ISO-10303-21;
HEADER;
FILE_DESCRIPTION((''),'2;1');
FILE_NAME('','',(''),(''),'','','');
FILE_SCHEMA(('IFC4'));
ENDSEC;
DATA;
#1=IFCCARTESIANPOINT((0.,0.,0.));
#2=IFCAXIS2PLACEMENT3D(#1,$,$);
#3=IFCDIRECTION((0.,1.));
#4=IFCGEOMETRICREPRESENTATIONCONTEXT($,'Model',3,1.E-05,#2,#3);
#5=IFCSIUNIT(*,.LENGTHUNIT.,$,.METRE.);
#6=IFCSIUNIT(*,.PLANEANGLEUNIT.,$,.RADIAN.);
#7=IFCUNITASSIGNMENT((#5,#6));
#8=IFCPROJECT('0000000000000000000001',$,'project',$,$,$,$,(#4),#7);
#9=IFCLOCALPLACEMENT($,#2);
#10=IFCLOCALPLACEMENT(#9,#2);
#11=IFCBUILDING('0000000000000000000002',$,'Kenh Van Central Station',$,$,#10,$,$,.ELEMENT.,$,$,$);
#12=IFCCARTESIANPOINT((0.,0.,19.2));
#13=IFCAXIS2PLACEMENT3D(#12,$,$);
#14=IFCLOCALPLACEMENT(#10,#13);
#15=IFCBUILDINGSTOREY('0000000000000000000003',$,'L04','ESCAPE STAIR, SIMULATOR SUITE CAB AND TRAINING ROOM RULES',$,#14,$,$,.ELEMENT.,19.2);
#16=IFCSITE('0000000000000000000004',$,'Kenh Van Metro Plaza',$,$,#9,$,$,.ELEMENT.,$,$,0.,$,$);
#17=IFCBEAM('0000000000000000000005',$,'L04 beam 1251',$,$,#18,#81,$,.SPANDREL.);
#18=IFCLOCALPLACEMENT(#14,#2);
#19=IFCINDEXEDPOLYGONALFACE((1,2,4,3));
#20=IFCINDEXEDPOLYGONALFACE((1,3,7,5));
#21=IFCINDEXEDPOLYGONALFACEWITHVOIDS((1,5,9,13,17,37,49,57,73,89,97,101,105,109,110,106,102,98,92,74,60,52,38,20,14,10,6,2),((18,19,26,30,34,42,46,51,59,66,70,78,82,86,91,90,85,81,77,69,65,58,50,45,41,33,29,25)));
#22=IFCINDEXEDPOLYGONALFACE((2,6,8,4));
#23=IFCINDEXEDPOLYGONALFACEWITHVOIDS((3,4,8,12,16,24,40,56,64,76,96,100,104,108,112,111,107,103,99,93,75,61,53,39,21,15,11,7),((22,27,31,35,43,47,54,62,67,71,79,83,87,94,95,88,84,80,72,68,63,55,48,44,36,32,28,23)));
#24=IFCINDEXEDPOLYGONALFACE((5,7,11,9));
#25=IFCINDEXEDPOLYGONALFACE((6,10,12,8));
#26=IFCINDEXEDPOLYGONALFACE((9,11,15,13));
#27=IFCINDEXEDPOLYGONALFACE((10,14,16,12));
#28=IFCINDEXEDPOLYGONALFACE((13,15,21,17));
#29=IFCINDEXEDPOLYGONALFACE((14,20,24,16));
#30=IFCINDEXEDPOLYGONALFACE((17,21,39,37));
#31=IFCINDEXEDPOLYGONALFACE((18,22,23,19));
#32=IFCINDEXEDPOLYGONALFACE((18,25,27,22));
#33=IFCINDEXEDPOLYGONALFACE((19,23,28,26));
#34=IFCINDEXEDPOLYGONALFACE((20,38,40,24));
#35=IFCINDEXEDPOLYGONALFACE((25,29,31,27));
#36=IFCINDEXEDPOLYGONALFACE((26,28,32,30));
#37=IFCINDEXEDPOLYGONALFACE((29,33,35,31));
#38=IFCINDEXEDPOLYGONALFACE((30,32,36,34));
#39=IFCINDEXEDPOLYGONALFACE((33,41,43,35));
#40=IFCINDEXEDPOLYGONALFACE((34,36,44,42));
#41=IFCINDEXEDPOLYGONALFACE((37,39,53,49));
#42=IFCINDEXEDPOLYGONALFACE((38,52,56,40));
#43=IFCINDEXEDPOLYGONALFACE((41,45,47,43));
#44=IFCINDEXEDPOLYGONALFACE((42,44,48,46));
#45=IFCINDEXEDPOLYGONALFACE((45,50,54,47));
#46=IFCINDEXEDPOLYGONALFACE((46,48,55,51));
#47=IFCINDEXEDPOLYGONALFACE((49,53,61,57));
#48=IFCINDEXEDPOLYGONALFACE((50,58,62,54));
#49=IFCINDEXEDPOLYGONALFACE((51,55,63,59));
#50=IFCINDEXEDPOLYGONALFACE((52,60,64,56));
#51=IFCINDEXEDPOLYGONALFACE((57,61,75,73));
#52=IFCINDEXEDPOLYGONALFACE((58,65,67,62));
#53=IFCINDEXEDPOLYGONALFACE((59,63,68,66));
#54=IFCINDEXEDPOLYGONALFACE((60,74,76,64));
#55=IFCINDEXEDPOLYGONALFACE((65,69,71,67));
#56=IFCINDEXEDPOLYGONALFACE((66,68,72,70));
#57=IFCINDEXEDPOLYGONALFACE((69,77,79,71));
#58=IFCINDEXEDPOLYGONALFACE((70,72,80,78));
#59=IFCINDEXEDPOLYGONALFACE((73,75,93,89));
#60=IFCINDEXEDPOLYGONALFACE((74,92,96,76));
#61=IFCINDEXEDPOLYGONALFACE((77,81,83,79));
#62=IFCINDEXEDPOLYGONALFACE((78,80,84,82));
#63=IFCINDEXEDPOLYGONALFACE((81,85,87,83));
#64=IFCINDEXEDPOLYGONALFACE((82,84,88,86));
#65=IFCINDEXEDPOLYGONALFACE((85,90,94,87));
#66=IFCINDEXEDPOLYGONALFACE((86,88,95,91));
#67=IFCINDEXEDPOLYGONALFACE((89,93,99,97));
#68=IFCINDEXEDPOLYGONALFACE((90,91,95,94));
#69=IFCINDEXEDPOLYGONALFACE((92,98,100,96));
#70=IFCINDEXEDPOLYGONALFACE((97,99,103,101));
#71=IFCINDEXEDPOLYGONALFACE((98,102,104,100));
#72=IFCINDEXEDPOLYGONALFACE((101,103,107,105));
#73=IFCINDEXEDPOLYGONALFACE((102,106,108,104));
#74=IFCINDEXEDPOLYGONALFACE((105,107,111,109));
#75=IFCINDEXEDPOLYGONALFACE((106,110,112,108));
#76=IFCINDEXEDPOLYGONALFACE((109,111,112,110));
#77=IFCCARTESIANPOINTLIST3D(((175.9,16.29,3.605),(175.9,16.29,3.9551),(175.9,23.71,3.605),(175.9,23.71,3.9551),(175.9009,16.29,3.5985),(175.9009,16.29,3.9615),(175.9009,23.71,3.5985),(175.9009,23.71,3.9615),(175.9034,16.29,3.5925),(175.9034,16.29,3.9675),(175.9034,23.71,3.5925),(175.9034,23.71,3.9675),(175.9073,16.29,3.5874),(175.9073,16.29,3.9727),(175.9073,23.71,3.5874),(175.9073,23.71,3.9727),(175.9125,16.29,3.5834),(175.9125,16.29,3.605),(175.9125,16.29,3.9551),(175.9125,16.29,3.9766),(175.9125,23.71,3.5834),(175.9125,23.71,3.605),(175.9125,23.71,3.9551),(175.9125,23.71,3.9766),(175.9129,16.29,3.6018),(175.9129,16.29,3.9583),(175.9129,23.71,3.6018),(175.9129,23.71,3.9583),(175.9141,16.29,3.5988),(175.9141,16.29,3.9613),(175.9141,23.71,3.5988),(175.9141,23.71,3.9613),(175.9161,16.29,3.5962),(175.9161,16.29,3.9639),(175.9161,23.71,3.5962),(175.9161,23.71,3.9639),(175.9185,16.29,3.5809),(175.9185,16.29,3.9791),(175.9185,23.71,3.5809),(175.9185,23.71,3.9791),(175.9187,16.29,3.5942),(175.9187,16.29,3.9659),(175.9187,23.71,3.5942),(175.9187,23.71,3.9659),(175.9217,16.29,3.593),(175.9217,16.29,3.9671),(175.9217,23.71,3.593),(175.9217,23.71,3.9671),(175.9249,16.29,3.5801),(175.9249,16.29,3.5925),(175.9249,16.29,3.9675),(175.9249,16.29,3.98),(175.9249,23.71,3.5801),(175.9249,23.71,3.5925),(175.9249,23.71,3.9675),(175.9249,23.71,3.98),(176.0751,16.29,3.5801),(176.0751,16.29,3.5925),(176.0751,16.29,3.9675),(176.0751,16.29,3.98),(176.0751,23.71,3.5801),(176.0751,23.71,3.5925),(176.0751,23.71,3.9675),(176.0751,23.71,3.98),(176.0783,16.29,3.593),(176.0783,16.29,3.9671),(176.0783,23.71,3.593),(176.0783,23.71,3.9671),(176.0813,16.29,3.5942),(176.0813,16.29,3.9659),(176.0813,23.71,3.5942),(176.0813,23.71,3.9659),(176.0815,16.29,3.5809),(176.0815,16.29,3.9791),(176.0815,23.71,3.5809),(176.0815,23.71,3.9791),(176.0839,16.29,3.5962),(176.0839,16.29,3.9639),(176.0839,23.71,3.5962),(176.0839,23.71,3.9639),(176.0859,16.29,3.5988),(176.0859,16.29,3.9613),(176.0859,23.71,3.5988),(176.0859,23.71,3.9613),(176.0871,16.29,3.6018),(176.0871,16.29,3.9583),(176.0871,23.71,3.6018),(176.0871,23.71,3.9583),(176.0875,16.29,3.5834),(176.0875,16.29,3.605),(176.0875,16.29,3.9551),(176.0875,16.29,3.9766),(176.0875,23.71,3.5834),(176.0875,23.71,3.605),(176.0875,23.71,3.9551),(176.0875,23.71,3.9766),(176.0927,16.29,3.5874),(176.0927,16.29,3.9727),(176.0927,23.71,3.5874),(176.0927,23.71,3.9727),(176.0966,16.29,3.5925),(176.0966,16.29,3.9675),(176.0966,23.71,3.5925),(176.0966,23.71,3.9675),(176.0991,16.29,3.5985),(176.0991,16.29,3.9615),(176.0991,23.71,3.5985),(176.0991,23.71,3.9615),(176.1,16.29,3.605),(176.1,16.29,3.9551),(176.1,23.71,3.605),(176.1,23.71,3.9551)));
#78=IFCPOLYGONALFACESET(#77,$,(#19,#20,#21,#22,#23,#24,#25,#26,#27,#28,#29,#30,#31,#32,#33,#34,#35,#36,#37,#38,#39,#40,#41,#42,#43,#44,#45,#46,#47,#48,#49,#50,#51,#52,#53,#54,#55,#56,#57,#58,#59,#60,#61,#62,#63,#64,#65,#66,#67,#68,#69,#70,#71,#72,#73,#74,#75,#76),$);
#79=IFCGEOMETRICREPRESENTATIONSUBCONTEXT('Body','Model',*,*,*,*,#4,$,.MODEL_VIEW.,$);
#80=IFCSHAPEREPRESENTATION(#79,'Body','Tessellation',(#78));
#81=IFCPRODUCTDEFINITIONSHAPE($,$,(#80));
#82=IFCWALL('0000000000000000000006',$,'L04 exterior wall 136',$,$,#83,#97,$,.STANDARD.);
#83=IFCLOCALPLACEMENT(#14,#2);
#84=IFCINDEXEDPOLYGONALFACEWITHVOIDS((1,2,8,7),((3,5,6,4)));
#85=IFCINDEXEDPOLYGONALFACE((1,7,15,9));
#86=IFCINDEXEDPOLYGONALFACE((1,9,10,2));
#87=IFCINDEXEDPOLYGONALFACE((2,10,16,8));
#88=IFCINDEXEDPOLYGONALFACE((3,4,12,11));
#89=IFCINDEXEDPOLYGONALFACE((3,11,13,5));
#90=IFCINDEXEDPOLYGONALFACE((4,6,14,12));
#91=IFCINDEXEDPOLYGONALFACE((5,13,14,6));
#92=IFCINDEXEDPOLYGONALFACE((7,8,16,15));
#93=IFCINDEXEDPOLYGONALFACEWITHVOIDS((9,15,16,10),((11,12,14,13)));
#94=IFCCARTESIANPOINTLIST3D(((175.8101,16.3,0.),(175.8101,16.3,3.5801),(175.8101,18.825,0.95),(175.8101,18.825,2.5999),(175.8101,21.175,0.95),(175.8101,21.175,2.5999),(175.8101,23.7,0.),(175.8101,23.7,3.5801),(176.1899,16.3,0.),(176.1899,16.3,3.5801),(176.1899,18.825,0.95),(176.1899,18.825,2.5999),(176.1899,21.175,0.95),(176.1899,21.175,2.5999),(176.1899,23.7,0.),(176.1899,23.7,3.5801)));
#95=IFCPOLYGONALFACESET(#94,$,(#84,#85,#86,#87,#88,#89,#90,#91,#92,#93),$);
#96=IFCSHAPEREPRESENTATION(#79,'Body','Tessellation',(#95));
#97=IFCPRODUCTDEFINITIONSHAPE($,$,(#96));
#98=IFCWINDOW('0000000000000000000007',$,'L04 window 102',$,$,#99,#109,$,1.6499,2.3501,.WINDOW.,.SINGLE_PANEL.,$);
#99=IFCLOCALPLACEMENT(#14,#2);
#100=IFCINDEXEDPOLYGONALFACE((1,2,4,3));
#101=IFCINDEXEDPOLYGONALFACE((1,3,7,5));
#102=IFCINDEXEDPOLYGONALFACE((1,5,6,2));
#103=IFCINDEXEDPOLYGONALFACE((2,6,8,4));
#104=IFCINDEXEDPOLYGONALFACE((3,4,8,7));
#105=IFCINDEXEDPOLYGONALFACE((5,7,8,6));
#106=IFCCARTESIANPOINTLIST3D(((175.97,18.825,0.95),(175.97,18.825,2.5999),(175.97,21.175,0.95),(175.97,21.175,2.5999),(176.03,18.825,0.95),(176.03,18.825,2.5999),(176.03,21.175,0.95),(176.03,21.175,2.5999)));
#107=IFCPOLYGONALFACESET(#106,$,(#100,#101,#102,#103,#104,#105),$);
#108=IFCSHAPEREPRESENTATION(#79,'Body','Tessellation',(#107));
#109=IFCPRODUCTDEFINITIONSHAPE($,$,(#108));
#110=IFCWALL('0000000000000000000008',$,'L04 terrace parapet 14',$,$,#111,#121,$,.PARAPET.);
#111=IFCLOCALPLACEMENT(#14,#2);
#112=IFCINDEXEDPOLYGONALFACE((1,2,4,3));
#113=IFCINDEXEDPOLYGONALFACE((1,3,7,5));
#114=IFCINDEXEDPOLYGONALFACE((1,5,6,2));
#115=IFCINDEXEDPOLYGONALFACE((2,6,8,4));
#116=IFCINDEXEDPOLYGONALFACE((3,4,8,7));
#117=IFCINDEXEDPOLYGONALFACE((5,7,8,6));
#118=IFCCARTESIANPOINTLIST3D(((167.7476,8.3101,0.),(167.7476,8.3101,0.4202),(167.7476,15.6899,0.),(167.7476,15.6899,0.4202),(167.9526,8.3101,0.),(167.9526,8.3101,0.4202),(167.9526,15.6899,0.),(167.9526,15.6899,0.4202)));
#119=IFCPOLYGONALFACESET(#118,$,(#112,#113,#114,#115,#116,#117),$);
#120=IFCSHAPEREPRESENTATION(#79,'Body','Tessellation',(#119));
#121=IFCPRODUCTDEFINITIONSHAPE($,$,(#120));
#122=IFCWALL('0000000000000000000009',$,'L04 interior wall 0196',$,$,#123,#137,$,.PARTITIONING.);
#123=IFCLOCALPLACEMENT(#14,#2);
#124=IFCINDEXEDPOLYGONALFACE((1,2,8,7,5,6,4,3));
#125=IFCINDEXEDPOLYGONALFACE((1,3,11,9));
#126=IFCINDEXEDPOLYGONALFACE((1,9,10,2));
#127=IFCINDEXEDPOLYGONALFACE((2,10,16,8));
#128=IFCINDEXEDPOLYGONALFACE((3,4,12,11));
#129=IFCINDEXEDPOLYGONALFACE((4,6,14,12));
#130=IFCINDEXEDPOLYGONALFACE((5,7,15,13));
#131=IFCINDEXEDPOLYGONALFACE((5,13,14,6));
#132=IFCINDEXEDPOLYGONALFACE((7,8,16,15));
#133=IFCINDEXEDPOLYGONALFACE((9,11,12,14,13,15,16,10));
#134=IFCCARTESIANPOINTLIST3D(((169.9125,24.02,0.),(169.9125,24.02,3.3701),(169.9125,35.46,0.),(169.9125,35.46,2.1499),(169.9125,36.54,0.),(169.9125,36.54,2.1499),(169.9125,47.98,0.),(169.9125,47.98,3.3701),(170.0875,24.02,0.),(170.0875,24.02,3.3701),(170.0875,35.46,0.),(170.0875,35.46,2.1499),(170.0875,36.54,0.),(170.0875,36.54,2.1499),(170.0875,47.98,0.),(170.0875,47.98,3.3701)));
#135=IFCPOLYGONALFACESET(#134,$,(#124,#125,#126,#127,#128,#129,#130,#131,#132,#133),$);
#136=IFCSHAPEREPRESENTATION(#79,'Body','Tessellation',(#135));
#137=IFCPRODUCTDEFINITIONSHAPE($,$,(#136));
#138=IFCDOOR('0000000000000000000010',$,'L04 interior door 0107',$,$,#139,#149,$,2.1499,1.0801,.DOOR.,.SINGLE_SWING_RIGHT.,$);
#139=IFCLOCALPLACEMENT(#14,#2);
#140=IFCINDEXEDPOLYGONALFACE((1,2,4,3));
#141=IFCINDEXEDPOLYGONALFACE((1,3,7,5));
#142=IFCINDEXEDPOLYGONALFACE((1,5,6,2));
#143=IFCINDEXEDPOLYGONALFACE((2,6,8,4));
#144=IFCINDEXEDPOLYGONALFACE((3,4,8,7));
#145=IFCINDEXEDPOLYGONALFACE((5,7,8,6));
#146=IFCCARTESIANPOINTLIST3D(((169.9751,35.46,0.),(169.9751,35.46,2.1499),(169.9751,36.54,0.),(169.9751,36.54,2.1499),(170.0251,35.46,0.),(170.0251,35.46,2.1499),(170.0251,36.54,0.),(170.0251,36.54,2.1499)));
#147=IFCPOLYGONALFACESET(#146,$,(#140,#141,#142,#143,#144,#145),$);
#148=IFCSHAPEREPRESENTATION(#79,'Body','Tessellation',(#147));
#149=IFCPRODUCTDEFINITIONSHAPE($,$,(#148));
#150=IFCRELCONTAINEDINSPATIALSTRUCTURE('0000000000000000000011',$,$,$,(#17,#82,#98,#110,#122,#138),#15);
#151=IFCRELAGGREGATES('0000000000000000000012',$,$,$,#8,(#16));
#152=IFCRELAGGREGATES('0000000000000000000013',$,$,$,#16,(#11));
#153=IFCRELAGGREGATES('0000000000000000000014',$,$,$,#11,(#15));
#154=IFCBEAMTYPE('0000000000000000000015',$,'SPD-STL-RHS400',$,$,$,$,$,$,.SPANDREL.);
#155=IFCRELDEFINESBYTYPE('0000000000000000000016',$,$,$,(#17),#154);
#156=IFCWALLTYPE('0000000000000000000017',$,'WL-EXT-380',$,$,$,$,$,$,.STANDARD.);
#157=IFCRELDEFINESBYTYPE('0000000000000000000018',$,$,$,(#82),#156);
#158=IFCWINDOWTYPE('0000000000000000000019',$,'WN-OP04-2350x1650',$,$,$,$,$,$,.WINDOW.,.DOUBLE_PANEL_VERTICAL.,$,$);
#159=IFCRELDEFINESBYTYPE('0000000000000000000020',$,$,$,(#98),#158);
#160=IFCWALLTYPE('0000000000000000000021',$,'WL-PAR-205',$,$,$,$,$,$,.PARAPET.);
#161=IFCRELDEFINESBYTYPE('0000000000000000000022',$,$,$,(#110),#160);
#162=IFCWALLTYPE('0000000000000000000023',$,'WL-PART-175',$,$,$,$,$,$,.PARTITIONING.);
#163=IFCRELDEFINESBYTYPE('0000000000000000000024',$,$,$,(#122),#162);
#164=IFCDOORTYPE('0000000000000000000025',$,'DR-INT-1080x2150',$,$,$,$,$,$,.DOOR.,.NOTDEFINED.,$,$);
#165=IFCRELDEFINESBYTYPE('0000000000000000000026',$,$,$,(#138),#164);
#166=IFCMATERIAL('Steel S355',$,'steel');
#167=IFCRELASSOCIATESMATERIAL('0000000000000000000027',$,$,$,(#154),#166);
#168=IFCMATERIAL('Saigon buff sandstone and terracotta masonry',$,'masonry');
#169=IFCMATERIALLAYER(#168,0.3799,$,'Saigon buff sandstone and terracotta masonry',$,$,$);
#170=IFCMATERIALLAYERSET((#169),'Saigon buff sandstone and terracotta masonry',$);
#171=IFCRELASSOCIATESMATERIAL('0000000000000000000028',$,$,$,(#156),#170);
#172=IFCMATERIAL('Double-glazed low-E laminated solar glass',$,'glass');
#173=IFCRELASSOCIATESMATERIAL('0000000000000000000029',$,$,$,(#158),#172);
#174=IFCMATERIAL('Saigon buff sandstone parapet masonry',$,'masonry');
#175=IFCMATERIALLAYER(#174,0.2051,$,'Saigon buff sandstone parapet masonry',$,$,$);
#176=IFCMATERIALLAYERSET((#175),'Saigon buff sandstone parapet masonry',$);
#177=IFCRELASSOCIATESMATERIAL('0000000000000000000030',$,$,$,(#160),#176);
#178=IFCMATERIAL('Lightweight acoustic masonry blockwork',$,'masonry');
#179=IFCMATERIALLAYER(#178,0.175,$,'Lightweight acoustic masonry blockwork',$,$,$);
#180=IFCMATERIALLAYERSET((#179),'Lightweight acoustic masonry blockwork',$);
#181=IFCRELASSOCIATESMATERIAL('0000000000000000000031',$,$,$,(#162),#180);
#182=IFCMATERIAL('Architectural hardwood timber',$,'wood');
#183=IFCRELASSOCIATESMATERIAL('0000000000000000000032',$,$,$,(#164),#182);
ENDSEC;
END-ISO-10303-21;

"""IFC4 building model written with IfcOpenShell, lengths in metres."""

from ifc_helpers import new_model, si_unit, direction, frame, frame_2d, origin, origin_2d, place, context, subcontext, project, spatial, rectangle, hollow_rectangle, extrude, material, layer, layer_set, material_profile, profile_set, type_object, element, fill, save


model = new_model("IFC4")

# Units and contexts
model_context = context("Model", 3, precision=1e-05, world=origin(), true_north=direction((0.0, 1.0)))
body_context = subcontext(model_context, "Body", "Model", "MODEL_VIEW")
ifc_project = project(units=[si_unit("LENGTHUNIT", "METRE"), si_unit("PLANEANGLEUNIT", "RADIAN")], contexts=[model_context])

# Site, building, storey
site_placement = place(None, origin())
site = spatial("IfcSite", under=ifc_project, at=site_placement, Name="Kenh Van Metro Plaza", CompositionType="ELEMENT", RefElevation=0.0)
building_placement = place(site_placement, origin())
building = spatial("IfcBuilding", under=site, at=building_placement, Name="Kenh Van Central Station", CompositionType="ELEMENT")
storey_placement = place(building_placement, frame((0.0, 0.0, 19.2)))
storey = spatial("IfcBuildingStorey", under=building, at=storey_placement, Name="L04", Description="ESCAPE STAIR, SIMULATOR SUITE CAB AND TRAINING ROOM RULES", CompositionType="ELEMENT", Elevation=19.2)

# Beam
ifc_material_1 = material(Name="Steel S355", Category="steel")
ifc_material_profile_1 = material_profile(ifc_material_1, hollow_rectangle(XDim=0.2, YDim=0.3999, WallThickness=0.0125, InnerFilletRadius=0.0125, OuterFilletRadius=0.0249, at=origin_2d()), Name="RHS 400x200x12.5")
ifc_profile_set_1 = profile_set([ifc_material_profile_1], Name="Steel S355")
beam_type_1 = type_object("IfcBeamType", Name="SPD-STL-RHS400", PredefinedType="SPANDREL", material=ifc_profile_set_1)
for number, where, z_axis, x_axis, name in (
    (1, (176.0, 16.29, 3.78), (0.0, 1.0, 0.0), (-1.0, 0.0, 0.0), "L04 beam 1251"),
):
    element("IfcBeam", number, at=place(storey_placement, frame(where, z_axis=z_axis, x_axis=x_axis)), inside=storey, type_object=beam_type_1, Name=name, PredefinedType="SPANDREL", context=body_context, shape_type="SweptSolid", body=[
        extrude(hollow_rectangle(XDim=0.2, YDim=0.3999, WallThickness=0.0125, InnerFilletRadius=0.0125, OuterFilletRadius=0.0249, at=origin_2d()), origin(), (0.0, 0.0, 1.0), 7.4199),
    ])

# Wall, opening, window
ifc_material_2 = material(Name="Saigon buff sandstone and terracotta masonry", Category="masonry")
ifc_layer_1 = layer(ifc_material_2, 0.3799, Name="Saigon buff sandstone and terracotta masonry")
ifc_layer_set_1 = layer_set([ifc_layer_1], Name="Saigon buff sandstone and terracotta masonry")
wall_type_1 = type_object("IfcWallType", Name="WL-EXT-380", PredefinedType="STANDARD", material=ifc_layer_set_1)
wall_1_placement = place(storey_placement, frame((176.0, 16.3, 0.0), z_axis=(0.0, 0.0, 1.0), x_axis=(0.0, 1.0, 0.0)))
wall_1 = element("IfcWall", 2, at=wall_1_placement, inside=storey, type_object=wall_type_1, Name="L04 exterior wall 136", PredefinedType="STANDARD", context=body_context, shape_type="SweptSolid", body=[
    extrude(rectangle(XDim=7.3999, YDim=0.3799, at=frame_2d((3.7, 0.0))), origin(), (0.0, 0.0, 1.0), 3.5801),
])
opening_1_placement = place(wall_1_placement, frame((2.5249, 0.0, 0.95)))
opening_1 = element("IfcOpeningElement", 3, at=opening_1_placement, cuts=wall_1, PredefinedType="OPENING", context=body_context, shape_type="SweptSolid", body=[
    extrude(rectangle(XDim=2.3501, YDim=1.6499, at=frame_2d((1.175, 0.825))), frame((0.0, 0.2, 0.0), z_axis=(0.0, -1.0, 0.0), x_axis=(1.0, 0.0, 0.0)), (0.0, 0.0, 1.0), 0.3999),
])
ifc_material_3 = material(Name="Double-glazed low-E laminated solar glass", Category="glass")
window_type_1 = type_object("IfcWindowType", Name="WN-OP04-2350x1650", PartitioningType="DOUBLE_PANEL_VERTICAL", PredefinedType="WINDOW", material=ifc_material_3)
window_1_placement = place(opening_1_placement, origin())
window_1 = element("IfcWindow", 4, at=window_1_placement, inside=storey, type_object=window_type_1, Name="L04 window 102", OverallHeight=1.6499, OverallWidth=2.3501, PartitioningType="SINGLE_PANEL", PredefinedType="WINDOW", context=body_context, shape_type="SweptSolid", body=[
    extrude(rectangle(XDim=2.3501, YDim=1.6499, at=frame_2d((1.175, 0.825))), frame((0.0, 0.03, 0.0), z_axis=(0.0, -1.0, 0.0), x_axis=(1.0, 0.0, 0.0)), (0.0, 0.0, 1.0), 0.0601),
])
fill(opening_1, window_1)

# Wall
ifc_material_4 = material(Name="Saigon buff sandstone parapet masonry", Category="masonry")
ifc_layer_2 = layer(ifc_material_4, 0.2051, Name="Saigon buff sandstone parapet masonry")
ifc_layer_set_2 = layer_set([ifc_layer_2], Name="Saigon buff sandstone parapet masonry")
wall_type_2 = type_object("IfcWallType", Name="WL-PAR-205", PredefinedType="PARAPET", material=ifc_layer_set_2)
wall_2_placement = place(storey_placement, frame((167.8501, 8.3101, 0.0), z_axis=(0.0, 0.0, 1.0), x_axis=(0.0, 1.0, 0.0)))
element("IfcWall", 5, at=wall_2_placement, inside=storey, type_object=wall_type_2, Name="L04 terrace parapet 14", PredefinedType="PARAPET", context=body_context, shape_type="SweptSolid", body=[
    extrude(rectangle(XDim=7.3799, YDim=0.2051, at=frame_2d((3.6899, 0.0))), origin(), (0.0, 0.0, 1.0), 0.4202),
])

# Wall, opening, door
ifc_material_5 = material(Name="Lightweight acoustic masonry blockwork", Category="masonry")
ifc_layer_3 = layer(ifc_material_5, 0.175, Name="Lightweight acoustic masonry blockwork")
ifc_layer_set_3 = layer_set([ifc_layer_3], Name="Lightweight acoustic masonry blockwork")
wall_type_3 = type_object("IfcWallType", Name="WL-PART-175", PredefinedType="PARTITIONING", material=ifc_layer_set_3)
wall_3_placement = place(storey_placement, frame((170.0, 24.02, 0.0), z_axis=(0.0, 0.0, 1.0), x_axis=(0.0, 1.0, 0.0)))
wall_3 = element("IfcWall", 6, at=wall_3_placement, inside=storey, type_object=wall_type_3, Name="L04 interior wall 0196", PredefinedType="PARTITIONING", context=body_context, shape_type="SweptSolid", body=[
    extrude(rectangle(XDim=23.96, YDim=0.175, at=frame_2d((11.98, 0.0))), origin(), (0.0, 0.0, 1.0), 3.3701),
])
opening_2_placement = place(wall_3_placement, frame((11.4399, 0.0, 0.0)))
opening_2 = element("IfcOpeningElement", 7, at=opening_2_placement, cuts=wall_3, PredefinedType="OPENING", context=body_context, shape_type="SweptSolid", body=[
    extrude(rectangle(XDim=1.0801, YDim=2.1499, at=frame_2d((0.54, 1.075))), frame((0.0, 0.0974, 0.0), z_axis=(0.0, -1.0, 0.0), x_axis=(1.0, 0.0, 0.0)), (0.0, 0.0, 1.0), 0.1951),
])
ifc_material_6 = material(Name="Architectural hardwood timber", Category="wood")
door_type = type_object("IfcDoorType", Name="DR-INT-1080x2150", OperationType="NOTDEFINED", PredefinedType="DOOR", material=ifc_material_6)
door_placement = place(opening_2_placement, origin())
door = element("IfcDoor", 8, at=door_placement, inside=storey, type_object=door_type, Name="L04 interior door 0107", OperationType="SINGLE_SWING_RIGHT", OverallHeight=2.1499, OverallWidth=1.0801, PredefinedType="DOOR", context=body_context, shape_type="SweptSolid", body=[
    extrude(rectangle(XDim=1.0801, YDim=2.1499, at=frame_2d((0.54, 1.075))), frame((0.0, 0.0249, 0.0), z_axis=(0.0, -1.0, 0.0), x_axis=(1.0, 0.0, 0.0)), (0.0, 0.0, 1.0), 0.05),
])
fill(opening_2, door)

save(model, "model.ifc")
